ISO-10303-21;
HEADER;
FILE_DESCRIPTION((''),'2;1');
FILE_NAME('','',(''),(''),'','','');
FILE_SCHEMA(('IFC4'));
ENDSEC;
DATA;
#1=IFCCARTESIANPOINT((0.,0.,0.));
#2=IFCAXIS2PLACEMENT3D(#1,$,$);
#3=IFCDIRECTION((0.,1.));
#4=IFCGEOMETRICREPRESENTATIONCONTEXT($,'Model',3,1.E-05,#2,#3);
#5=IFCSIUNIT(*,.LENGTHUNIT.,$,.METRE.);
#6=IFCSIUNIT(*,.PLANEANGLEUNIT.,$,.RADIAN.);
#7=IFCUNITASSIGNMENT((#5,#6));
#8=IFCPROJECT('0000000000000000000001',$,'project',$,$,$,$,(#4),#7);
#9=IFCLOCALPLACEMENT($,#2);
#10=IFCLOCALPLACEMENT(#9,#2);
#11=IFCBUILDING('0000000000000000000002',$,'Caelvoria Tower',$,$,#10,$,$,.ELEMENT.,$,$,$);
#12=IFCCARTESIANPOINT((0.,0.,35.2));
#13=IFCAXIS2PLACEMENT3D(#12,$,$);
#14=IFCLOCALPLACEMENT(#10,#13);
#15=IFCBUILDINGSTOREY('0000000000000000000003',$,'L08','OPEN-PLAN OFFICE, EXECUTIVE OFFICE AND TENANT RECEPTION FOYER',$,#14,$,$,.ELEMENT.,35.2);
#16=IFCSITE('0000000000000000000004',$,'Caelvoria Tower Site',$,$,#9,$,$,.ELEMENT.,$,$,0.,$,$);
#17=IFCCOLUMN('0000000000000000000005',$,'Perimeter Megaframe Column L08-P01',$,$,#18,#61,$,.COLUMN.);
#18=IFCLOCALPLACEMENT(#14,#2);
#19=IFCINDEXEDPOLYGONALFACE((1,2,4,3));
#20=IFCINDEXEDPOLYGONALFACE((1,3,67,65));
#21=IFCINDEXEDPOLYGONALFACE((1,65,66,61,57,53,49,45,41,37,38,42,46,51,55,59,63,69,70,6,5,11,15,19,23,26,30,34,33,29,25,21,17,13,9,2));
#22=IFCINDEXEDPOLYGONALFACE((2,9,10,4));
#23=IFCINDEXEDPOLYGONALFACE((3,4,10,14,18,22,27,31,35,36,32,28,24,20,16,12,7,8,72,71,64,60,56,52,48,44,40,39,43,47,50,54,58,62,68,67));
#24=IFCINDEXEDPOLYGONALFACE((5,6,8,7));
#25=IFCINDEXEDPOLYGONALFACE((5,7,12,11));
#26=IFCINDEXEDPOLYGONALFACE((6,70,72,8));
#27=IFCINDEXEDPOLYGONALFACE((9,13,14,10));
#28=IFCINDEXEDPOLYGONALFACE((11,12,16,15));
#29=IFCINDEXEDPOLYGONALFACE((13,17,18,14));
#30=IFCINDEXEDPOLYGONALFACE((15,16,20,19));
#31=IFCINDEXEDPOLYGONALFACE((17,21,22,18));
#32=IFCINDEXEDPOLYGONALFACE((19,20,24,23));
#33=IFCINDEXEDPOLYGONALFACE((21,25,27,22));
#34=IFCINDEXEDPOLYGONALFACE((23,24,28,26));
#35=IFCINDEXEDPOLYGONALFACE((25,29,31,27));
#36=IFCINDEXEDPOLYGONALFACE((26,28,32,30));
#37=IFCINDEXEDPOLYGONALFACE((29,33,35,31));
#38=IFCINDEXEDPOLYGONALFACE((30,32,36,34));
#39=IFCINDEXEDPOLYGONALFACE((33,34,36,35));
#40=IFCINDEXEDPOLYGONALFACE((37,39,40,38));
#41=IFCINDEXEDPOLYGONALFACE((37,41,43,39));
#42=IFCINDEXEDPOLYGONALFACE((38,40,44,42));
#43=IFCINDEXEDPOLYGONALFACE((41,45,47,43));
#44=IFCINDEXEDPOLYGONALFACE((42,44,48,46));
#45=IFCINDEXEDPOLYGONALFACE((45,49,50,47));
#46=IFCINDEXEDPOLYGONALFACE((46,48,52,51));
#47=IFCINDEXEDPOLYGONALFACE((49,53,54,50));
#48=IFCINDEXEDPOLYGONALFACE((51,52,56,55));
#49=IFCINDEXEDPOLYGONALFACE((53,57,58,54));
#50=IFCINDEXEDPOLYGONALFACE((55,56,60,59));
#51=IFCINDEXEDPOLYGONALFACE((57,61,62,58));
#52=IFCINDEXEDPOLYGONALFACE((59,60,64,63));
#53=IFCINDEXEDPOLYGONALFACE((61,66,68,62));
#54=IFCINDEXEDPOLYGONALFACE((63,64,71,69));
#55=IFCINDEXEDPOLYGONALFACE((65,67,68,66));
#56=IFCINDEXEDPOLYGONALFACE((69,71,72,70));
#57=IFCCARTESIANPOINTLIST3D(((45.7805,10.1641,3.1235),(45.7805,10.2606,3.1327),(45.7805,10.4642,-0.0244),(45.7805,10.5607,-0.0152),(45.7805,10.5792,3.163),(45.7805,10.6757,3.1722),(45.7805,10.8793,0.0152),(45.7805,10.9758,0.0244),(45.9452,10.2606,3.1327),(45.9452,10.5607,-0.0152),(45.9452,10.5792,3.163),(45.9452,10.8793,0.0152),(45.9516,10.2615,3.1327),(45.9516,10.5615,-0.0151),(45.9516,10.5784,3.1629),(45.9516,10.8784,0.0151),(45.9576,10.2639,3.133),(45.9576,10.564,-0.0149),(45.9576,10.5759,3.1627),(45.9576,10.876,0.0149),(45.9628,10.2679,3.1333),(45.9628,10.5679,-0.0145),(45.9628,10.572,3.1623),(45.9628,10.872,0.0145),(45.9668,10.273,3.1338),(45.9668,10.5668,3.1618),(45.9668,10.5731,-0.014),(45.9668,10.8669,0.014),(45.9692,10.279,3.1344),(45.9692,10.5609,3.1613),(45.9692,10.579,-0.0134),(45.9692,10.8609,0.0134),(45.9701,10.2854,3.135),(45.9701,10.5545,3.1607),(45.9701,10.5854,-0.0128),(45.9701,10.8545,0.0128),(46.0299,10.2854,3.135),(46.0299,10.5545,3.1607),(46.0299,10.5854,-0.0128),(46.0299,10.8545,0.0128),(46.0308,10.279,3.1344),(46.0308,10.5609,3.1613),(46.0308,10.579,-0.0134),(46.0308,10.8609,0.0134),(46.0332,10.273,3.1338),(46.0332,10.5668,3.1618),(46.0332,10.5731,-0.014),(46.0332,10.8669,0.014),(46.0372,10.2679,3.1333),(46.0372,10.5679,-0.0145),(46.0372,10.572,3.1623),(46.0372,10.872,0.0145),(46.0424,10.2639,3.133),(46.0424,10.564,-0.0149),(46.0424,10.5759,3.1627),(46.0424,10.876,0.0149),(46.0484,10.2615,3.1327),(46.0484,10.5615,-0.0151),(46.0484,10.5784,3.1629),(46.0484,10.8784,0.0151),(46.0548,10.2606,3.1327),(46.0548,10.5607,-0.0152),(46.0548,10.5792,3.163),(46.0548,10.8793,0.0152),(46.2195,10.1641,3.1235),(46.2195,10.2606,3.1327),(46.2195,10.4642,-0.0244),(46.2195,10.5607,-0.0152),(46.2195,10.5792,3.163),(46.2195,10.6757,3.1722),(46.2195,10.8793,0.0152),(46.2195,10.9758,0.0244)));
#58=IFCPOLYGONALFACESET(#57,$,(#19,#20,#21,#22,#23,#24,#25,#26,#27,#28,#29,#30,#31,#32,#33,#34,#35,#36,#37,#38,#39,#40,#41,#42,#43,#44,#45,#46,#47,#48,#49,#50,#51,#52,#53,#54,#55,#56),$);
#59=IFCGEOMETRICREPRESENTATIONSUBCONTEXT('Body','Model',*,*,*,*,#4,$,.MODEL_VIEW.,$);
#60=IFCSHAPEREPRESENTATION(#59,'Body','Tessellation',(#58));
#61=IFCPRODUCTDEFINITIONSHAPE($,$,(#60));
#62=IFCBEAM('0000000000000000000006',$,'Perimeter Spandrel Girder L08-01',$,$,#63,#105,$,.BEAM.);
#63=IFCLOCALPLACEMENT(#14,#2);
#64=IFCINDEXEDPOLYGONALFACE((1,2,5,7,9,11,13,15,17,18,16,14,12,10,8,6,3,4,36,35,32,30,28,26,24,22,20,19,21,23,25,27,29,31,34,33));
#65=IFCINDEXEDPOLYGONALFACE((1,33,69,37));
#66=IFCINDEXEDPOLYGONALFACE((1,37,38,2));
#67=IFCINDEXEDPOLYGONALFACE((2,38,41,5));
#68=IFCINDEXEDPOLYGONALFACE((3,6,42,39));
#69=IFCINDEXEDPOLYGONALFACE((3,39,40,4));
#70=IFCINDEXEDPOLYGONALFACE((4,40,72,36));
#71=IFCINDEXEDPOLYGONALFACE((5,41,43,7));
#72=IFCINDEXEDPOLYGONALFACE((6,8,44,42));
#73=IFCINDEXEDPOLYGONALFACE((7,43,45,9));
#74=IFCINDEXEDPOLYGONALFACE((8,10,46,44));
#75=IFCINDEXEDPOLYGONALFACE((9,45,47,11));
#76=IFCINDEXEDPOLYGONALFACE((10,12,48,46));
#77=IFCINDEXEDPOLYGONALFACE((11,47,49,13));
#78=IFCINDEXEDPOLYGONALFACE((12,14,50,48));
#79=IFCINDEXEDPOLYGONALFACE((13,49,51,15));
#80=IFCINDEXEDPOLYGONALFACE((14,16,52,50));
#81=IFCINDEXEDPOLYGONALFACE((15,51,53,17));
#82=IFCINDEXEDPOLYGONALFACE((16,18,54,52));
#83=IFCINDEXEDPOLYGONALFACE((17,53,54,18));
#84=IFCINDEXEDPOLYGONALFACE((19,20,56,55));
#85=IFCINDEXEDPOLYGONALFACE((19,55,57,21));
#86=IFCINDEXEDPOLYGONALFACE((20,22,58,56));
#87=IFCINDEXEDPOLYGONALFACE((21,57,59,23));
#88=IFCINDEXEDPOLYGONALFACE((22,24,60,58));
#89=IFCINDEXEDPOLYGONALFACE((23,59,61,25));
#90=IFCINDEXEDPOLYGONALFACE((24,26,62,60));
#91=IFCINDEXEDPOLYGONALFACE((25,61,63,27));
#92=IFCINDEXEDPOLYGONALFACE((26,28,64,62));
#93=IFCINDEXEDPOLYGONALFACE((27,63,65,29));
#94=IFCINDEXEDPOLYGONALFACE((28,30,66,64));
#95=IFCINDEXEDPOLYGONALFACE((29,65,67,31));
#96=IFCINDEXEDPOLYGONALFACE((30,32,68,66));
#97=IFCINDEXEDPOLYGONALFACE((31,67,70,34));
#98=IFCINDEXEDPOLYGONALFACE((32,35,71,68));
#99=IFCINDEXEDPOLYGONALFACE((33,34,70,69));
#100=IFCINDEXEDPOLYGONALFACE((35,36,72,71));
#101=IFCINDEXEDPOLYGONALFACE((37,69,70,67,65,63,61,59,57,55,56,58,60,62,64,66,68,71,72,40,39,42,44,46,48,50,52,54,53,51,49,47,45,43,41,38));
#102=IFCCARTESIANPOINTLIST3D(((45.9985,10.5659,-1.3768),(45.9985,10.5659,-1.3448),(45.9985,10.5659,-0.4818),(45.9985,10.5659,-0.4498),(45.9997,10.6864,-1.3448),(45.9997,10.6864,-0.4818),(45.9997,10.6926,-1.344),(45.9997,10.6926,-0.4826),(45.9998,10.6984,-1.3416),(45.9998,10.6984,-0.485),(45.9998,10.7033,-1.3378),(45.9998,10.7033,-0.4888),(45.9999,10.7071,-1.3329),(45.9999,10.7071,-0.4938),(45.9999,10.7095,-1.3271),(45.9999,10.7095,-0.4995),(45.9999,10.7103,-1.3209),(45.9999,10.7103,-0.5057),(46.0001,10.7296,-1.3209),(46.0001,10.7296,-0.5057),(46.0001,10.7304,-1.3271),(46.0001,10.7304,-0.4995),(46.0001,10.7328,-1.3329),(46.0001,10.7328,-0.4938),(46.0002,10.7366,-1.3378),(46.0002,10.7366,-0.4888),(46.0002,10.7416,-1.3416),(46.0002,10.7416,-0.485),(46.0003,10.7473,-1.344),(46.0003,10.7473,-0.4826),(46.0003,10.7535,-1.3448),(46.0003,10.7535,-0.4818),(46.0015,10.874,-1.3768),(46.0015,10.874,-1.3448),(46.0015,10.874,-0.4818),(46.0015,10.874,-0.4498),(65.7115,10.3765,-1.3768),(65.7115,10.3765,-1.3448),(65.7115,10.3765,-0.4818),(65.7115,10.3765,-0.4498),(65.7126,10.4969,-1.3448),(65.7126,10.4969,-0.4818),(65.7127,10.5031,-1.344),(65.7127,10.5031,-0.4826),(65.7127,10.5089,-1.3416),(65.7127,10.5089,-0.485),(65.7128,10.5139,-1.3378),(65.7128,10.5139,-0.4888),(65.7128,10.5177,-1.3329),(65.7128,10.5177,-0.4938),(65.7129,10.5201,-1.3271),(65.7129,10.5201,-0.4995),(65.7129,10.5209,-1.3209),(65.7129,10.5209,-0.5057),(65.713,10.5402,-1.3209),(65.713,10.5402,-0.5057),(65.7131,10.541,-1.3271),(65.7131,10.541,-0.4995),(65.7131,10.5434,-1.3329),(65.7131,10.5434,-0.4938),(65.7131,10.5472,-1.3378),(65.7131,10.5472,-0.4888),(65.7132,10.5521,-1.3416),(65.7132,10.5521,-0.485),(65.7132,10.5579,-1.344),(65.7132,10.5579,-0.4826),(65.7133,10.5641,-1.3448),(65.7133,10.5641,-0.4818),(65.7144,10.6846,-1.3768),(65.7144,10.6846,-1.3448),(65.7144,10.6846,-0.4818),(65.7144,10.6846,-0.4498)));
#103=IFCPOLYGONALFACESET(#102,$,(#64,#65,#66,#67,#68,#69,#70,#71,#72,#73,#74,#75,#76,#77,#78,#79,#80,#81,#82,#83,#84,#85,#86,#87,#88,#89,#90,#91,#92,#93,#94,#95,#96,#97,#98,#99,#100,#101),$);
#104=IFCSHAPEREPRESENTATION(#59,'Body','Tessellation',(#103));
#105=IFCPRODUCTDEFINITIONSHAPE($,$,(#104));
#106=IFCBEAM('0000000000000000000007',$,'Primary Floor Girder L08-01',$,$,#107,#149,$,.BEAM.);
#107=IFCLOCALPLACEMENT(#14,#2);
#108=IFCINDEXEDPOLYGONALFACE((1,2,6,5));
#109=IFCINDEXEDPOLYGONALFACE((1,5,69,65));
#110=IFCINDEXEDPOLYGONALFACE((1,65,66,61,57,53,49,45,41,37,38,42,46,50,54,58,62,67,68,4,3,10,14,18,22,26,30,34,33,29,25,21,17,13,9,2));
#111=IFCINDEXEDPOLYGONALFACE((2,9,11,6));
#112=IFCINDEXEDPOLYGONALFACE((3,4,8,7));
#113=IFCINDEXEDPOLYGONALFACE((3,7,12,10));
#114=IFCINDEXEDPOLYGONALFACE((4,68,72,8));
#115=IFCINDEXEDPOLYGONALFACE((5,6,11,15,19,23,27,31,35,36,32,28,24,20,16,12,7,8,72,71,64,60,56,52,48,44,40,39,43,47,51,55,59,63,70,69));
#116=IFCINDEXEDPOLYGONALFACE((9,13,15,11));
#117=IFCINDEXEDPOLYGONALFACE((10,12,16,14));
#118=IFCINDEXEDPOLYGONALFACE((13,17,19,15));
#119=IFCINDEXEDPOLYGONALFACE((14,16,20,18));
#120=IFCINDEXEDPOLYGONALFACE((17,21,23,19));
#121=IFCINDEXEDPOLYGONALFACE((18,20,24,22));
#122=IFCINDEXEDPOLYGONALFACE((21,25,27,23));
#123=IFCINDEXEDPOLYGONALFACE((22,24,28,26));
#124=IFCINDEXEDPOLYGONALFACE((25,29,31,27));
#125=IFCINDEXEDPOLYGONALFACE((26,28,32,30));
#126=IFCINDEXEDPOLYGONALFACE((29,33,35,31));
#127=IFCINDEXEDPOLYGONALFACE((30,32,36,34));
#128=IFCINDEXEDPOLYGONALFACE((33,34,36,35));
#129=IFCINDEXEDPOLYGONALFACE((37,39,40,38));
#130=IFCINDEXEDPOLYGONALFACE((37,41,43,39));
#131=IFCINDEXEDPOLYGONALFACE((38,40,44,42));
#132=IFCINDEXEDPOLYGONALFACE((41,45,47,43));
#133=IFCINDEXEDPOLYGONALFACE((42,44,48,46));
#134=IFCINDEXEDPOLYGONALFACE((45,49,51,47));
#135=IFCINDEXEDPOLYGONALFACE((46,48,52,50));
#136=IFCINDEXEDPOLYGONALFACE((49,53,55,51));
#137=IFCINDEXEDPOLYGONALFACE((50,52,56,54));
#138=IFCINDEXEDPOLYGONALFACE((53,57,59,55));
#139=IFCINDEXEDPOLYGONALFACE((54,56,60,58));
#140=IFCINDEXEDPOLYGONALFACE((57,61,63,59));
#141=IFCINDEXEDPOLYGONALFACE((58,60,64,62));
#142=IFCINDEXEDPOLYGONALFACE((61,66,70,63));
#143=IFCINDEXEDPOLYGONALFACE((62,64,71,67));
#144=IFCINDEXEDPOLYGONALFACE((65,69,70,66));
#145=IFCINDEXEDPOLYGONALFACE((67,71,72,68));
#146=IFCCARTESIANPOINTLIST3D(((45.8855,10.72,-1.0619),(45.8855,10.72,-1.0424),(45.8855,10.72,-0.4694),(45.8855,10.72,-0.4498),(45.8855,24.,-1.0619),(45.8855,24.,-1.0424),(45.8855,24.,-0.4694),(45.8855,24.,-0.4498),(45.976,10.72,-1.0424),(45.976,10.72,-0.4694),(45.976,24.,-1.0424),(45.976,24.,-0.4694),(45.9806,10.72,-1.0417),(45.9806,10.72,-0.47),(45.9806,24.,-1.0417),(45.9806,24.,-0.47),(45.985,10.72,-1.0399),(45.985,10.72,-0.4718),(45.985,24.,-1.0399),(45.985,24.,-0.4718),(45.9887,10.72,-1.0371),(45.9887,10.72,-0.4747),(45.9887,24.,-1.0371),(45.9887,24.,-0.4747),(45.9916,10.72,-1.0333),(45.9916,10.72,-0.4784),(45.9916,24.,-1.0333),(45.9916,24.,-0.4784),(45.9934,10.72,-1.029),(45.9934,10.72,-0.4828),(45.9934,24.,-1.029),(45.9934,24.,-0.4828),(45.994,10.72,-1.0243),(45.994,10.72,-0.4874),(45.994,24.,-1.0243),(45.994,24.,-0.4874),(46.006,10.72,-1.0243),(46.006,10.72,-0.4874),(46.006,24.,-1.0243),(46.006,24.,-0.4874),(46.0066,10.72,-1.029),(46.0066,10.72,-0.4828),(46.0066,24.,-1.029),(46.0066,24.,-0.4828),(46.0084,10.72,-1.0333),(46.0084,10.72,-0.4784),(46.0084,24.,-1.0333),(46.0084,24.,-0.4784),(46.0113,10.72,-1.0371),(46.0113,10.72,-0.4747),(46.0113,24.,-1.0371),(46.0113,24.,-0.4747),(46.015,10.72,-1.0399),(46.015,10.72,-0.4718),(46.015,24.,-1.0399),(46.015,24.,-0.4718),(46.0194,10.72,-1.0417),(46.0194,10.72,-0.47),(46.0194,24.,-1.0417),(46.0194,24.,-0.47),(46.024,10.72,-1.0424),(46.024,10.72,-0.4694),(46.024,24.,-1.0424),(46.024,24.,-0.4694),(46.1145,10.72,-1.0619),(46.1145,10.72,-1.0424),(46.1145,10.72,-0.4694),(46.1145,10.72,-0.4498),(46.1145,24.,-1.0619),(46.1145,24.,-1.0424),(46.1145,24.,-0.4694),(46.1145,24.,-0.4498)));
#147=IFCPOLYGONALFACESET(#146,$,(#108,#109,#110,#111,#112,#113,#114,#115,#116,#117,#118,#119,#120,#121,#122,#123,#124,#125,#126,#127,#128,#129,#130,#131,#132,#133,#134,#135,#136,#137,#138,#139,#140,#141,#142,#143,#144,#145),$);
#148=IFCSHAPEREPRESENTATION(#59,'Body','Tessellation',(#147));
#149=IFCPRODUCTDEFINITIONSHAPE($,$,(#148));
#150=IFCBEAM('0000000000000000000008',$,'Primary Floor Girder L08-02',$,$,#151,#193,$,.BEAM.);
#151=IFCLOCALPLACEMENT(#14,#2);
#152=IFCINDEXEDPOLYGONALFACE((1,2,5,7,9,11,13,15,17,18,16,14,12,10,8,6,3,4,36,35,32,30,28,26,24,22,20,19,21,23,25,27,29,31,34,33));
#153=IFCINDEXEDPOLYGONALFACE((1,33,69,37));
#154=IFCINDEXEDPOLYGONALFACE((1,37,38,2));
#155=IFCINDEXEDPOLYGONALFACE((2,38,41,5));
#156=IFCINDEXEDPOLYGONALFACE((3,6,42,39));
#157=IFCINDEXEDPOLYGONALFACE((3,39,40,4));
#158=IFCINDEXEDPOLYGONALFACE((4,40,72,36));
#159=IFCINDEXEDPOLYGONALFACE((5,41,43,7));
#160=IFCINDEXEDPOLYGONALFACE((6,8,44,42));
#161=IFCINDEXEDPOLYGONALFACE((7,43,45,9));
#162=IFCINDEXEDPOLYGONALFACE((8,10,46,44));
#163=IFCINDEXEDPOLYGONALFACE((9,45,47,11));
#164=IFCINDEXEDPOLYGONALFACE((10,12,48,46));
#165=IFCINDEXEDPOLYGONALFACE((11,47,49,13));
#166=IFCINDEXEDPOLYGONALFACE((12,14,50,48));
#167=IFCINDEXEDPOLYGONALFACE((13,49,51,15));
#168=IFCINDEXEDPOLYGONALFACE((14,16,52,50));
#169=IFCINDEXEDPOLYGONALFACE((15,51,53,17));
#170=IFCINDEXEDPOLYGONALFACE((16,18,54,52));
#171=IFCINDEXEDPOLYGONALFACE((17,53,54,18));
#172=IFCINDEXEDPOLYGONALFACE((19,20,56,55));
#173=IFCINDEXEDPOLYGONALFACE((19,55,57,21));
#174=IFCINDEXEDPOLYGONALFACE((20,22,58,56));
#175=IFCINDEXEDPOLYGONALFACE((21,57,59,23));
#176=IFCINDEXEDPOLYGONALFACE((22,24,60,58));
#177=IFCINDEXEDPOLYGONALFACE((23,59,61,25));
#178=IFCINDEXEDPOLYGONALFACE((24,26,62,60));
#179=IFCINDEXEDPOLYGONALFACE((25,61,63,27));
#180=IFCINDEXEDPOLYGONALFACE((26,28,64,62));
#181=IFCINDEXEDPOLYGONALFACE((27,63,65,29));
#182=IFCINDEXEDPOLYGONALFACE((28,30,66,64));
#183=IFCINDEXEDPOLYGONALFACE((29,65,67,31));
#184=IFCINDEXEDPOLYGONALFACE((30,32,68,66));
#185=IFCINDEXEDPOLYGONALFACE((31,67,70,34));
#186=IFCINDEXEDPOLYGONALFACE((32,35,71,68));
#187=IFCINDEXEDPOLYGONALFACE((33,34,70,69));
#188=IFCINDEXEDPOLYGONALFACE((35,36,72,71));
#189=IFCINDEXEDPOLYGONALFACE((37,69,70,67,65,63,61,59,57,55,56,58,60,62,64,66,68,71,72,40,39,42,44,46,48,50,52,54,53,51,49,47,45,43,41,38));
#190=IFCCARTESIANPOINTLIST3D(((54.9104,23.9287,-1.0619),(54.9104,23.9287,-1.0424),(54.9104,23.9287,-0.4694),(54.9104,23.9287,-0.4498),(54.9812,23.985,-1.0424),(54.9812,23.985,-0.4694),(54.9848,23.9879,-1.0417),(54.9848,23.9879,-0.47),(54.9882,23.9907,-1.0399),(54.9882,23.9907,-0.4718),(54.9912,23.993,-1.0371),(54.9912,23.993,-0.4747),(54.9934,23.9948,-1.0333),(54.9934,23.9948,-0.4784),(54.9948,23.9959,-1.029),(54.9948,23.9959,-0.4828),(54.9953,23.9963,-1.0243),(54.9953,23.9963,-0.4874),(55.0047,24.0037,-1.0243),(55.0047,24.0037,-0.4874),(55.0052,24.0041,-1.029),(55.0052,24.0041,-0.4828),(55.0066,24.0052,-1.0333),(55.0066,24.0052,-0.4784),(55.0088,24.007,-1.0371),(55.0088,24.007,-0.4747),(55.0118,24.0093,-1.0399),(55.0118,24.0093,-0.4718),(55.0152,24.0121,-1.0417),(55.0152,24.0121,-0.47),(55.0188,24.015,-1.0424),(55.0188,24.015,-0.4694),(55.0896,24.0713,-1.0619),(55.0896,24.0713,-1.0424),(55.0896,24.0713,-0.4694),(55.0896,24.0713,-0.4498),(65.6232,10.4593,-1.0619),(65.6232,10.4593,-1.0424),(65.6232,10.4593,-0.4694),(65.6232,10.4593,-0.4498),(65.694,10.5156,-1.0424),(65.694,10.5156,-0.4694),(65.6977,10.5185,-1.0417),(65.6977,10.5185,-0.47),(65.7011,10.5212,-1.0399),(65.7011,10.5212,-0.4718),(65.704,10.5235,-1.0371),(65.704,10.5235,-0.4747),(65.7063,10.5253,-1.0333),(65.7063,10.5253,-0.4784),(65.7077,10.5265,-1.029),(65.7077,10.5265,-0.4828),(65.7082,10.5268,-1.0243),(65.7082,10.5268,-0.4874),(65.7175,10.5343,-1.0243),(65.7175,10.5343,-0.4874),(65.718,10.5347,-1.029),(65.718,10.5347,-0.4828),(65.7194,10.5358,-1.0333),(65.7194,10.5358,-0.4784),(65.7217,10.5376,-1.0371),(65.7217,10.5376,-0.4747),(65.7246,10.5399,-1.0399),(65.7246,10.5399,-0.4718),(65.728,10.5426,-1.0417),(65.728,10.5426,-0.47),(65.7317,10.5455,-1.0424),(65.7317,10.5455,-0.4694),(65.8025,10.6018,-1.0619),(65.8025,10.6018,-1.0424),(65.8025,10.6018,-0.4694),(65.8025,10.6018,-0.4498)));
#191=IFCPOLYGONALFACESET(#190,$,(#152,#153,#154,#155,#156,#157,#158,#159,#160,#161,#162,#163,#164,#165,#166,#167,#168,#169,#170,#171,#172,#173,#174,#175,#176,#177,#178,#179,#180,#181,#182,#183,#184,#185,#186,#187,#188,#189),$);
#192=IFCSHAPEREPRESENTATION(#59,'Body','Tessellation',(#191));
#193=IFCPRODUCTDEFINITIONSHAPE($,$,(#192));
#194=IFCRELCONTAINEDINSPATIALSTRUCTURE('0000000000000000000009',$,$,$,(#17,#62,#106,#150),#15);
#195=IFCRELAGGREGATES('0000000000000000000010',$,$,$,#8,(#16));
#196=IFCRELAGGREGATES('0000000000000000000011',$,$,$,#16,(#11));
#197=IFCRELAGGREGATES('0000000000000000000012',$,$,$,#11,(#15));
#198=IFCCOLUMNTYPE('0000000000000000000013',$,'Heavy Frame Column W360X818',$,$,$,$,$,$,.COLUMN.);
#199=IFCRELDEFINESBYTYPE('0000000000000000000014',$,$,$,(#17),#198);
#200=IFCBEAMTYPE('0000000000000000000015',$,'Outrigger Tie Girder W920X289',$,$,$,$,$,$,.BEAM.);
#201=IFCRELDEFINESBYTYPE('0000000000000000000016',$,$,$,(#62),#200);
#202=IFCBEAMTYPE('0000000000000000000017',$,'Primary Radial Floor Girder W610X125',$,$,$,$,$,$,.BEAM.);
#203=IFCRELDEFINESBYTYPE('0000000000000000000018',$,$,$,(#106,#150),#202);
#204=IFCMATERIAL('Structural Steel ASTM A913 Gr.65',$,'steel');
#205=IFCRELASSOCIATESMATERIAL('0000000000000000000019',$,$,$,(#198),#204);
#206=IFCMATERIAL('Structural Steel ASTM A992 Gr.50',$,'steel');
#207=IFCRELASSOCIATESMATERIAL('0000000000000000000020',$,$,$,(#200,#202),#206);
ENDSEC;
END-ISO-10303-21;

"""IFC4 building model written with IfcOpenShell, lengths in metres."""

from ifc_helpers import new_model, si_unit, direction, frame, origin, origin_2d, place, context, subcontext, project, spatial, i_section, extrude, material, material_profile, profile_set, type_object, element, save


model = new_model("IFC4")

# Units and contexts
model_context = context("Model", 3, precision=1e-05, world=origin(), true_north=direction((0.0, 1.0)))
body_context = subcontext(model_context, "Body", "Model", "MODEL_VIEW")
ifc_project = project(units=[si_unit("LENGTHUNIT", "METRE"), si_unit("PLANEANGLEUNIT", "RADIAN")], contexts=[model_context])

# Site, building, storey
site_placement = place(None, origin())
site = spatial("IfcSite", under=ifc_project, at=site_placement, Name="Caelvoria Tower Site", CompositionType="ELEMENT", RefElevation=0.0)
building_placement = place(site_placement, origin())
building = spatial("IfcBuilding", under=site, at=building_placement, Name="Caelvoria Tower", CompositionType="ELEMENT")
storey_placement = place(building_placement, frame((0.0, 0.0, 35.2)))
storey = spatial("IfcBuildingStorey", under=building, at=storey_placement, Name="L08", Description="OPEN-PLAN OFFICE, EXECUTIVE OFFICE AND TENANT RECEPTION FOYER", CompositionType="ELEMENT", Elevation=35.2)

# Column
ifc_material_1 = material(Name="Structural Steel ASTM A913 Gr.65", Category="steel")
ifc_material_profile_1 = material_profile(ifc_material_1, i_section(OverallWidth=0.439, OverallDepth=0.5139, WebThickness=0.0598, FlangeThickness=0.0969, FilletRadius=0.0249, at=origin_2d()), Name="Structural Steel ASTM A913 Gr.65")
ifc_profile_set_1 = profile_set([ifc_material_profile_1], Name="W360X818 - Structural Steel ASTM A913 Gr.65")
column_type = type_object("IfcColumnType", Name="Heavy Frame Column W360X818", PredefinedType="COLUMN", material=ifc_profile_set_1)
column_placement = place(storey_placement, frame((46.0, 10.72, 0.0), z_axis=(0.0, -0.094886, 0.995488), x_axis=(1.0, 0.0, 0.0)))
element("IfcColumn", 1, at=column_placement, inside=storey, type_object=column_type, Name="Perimeter Megaframe Column L08-P01", PredefinedType="COLUMN", context=body_context, shape_type="SweptSolid", body=[
    extrude(i_section(OverallWidth=0.439, OverallDepth=0.5139, WebThickness=0.0598, FlangeThickness=0.0969, FilletRadius=0.0249, at=origin_2d()), origin(), (0.0, 0.0, 1.0), 3.1621),
])

# Beams
ifc_material_2 = material(Name="Structural Steel ASTM A992 Gr.50", Category="steel")
ifc_material_profile_2 = material_profile(ifc_material_2, i_section(OverallWidth=0.3081, OverallDepth=0.927, WebThickness=0.0193, FlangeThickness=0.032, FilletRadius=0.0239, at=origin_2d()), Name="Structural Steel ASTM A992 Gr.50")
ifc_profile_set_2 = profile_set([ifc_material_profile_2], Name="W920X289 - Structural Steel ASTM A992 Gr.50")
beam_type_1 = type_object("IfcBeamType", Name="Outrigger Tie Girder W920X289", PredefinedType="BEAM", material=ifc_profile_set_2)
beam_1_placement = place(storey_placement, frame((46.0, 10.72, -0.9133), z_axis=(0.999954, -0.00961, 0.0), x_axis=(0.00961, 0.999954, 0.0)))
element("IfcBeam", 2, at=beam_1_placement, inside=storey, type_object=beam_type_1, Name="Perimeter Spandrel Girder L08-01", PredefinedType="BEAM", context=body_context, shape_type="SweptSolid", body=[
    extrude(i_section(OverallWidth=0.3081, OverallDepth=0.927, WebThickness=0.0193, FlangeThickness=0.032, FilletRadius=0.0239, at=origin_2d()), origin(), (0.0, 0.0, 1.0), 19.7139),
])
ifc_material_profile_3 = material_profile(ifc_material_2, i_section(OverallWidth=0.229, OverallDepth=0.6121, WebThickness=0.012, FlangeThickness=0.0195, FilletRadius=0.0181, at=origin_2d()), Name="Structural Steel ASTM A992 Gr.50")
ifc_profile_set_3 = profile_set([ifc_material_profile_3], Name="W610X125 - Structural Steel ASTM A992 Gr.50")
beam_type_2 = type_object("IfcBeamType", Name="Primary Radial Floor Girder W610X125", PredefinedType="BEAM", material=ifc_profile_set_3)
beam_2_placement = place(storey_placement, frame((46.0, 24.0, -0.7559), z_axis=(0.0, -1.0, 0.0), x_axis=(1.0, 0.0, 0.0)))
element("IfcBeam", 3, at=beam_2_placement, inside=storey, type_object=beam_type_2, Name="Primary Floor Girder L08-01", PredefinedType="BEAM", context=body_context, shape_type="SweptSolid", body=[
    extrude(i_section(OverallWidth=0.229, OverallDepth=0.6121, WebThickness=0.012, FlangeThickness=0.0195, FilletRadius=0.0181, at=origin_2d()), origin(), (0.0, 0.0, 1.0), 13.28),
])
beam_3_placement = place(storey_placement, frame((55.0, 24.0, -0.7559), z_axis=(0.622471, -0.782643, 0.0), x_axis=(0.782643, 0.622471, 0.0)))
element("IfcBeam", 4, at=beam_3_placement, inside=storey, type_object=beam_type_2, Name="Primary Floor Girder L08-02", PredefinedType="BEAM", context=body_context, shape_type="SweptSolid", body=[
    extrude(i_section(OverallWidth=0.229, OverallDepth=0.6121, WebThickness=0.012, FlangeThickness=0.0195, FilletRadius=0.0181, at=origin_2d()), origin(), (0.0, 0.0, 1.0), 17.2102),
])

save(model, "model.ifc")
